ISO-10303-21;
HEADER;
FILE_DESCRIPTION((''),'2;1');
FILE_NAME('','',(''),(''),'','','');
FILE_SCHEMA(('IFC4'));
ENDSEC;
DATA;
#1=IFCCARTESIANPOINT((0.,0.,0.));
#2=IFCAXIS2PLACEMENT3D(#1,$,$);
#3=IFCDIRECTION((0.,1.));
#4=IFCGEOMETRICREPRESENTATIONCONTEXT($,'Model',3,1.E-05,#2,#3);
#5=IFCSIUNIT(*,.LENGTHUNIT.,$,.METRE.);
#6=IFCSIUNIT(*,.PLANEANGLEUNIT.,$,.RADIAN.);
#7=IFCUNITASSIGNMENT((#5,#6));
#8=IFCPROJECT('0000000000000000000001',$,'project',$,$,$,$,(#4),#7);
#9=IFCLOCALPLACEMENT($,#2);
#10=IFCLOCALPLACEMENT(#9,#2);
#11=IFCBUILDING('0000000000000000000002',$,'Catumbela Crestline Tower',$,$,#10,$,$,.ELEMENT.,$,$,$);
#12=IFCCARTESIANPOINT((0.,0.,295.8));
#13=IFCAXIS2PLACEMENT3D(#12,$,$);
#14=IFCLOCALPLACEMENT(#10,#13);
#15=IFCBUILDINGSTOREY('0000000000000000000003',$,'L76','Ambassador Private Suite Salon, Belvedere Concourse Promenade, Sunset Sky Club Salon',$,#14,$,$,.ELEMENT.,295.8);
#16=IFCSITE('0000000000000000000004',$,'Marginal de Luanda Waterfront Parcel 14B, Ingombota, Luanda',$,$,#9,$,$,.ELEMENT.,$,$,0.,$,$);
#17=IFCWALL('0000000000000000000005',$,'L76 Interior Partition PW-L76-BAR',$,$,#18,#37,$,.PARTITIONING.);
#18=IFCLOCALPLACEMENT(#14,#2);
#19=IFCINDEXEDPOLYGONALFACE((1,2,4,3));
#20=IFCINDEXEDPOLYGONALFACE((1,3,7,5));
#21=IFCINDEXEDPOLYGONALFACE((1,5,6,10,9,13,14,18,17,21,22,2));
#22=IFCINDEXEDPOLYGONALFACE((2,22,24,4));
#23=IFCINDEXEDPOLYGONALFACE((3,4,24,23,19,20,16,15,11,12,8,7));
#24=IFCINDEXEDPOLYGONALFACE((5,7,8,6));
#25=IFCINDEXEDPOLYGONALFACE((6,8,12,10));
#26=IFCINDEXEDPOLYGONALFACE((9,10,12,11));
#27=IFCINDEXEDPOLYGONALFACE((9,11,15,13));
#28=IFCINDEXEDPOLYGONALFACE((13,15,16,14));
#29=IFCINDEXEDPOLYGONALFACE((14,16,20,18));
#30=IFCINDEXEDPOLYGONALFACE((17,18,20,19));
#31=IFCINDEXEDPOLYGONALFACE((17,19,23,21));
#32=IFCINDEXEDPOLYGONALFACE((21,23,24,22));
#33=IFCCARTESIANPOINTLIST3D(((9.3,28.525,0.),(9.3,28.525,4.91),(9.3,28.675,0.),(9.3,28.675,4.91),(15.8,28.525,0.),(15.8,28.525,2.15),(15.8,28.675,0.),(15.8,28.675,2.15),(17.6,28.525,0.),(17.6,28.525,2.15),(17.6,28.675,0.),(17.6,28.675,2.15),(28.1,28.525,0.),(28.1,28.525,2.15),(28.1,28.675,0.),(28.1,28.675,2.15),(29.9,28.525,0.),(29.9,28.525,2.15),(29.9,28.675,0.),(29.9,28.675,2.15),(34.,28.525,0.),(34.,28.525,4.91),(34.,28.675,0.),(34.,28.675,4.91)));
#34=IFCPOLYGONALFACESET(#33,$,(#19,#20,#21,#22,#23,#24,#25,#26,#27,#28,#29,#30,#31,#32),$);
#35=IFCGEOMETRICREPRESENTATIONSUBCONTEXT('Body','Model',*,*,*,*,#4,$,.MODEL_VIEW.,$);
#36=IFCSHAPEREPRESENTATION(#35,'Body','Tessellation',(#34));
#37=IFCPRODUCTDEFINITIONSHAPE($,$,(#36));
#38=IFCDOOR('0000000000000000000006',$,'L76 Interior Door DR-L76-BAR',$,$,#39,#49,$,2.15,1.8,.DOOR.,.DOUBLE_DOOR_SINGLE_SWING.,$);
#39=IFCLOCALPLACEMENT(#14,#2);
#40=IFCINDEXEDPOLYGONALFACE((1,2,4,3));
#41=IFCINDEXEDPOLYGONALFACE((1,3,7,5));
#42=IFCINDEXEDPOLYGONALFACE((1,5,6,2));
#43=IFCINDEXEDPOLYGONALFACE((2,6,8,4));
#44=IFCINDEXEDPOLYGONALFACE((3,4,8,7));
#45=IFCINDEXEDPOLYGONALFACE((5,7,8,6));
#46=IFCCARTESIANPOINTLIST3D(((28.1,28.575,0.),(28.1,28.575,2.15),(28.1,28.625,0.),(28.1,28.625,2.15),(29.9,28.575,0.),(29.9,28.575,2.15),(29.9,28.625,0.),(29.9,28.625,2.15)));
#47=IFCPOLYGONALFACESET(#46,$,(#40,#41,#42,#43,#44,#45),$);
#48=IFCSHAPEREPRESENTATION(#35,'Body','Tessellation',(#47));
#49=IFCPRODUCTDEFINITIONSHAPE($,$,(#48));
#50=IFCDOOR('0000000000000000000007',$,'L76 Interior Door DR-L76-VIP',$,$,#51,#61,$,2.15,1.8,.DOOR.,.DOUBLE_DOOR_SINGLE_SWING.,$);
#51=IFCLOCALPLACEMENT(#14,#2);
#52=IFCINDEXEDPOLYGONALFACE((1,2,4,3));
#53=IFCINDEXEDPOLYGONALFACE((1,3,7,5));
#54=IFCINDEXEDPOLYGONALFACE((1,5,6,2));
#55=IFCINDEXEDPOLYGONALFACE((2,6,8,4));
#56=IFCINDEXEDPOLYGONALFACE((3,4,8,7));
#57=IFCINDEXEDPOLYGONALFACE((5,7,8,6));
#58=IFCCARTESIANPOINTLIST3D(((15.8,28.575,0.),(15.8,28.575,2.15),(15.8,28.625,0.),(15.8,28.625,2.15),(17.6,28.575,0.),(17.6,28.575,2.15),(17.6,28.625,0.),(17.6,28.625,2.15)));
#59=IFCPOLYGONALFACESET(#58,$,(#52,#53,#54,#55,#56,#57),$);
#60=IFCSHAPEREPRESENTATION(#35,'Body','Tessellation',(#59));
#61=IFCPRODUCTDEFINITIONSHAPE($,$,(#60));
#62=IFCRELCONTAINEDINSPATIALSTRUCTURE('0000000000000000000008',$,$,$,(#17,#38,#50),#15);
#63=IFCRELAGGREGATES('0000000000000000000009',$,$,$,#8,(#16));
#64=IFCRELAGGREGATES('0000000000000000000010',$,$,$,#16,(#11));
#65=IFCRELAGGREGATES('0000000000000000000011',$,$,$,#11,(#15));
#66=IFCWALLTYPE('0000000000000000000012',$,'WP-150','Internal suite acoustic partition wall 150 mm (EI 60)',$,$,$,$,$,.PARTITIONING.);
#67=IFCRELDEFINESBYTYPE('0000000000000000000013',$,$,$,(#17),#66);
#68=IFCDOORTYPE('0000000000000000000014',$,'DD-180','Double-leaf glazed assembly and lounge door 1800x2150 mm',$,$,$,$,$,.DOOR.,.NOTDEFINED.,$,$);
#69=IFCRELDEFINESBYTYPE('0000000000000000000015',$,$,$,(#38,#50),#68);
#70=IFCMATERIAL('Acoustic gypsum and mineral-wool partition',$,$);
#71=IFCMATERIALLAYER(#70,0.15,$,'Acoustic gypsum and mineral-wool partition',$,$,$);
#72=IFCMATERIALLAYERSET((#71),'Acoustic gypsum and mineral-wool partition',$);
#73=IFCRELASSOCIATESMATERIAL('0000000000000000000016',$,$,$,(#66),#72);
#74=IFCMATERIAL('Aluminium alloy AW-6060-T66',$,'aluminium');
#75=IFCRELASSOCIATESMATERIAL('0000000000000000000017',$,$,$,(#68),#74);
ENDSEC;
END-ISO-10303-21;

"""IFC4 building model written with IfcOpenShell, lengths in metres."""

from ifc_helpers import new_model, si_unit, direction, frame, frame_2d, origin, place, context, subcontext, project, spatial, rectangle, extrude, material, layer, layer_set, type_object, element, fill, save


model = new_model("IFC4")

# Units and contexts
model_context = context("Model", 3, precision=1e-05, world=origin(), true_north=direction((0.0, 1.0)))
body_context = subcontext(model_context, "Body", "Model", "MODEL_VIEW")
ifc_project = project(units=[si_unit("LENGTHUNIT", "METRE"), si_unit("PLANEANGLEUNIT", "RADIAN")], contexts=[model_context])

# Site, building, storey
site_placement = place(None, origin())
site = spatial("IfcSite", under=ifc_project, at=site_placement, Name="Marginal de Luanda Waterfront Parcel 14B, Ingombota, Luanda", CompositionType="ELEMENT", RefElevation=0.0)
building_placement = place(site_placement, origin())
building = spatial("IfcBuilding", under=site, at=building_placement, Name="Catumbela Crestline Tower", CompositionType="ELEMENT")
storey_placement = place(building_placement, frame((0.0, 0.0, 295.8)))
storey = spatial("IfcBuildingStorey", under=building, at=storey_placement, Name="L76", Description="Ambassador Private Suite Salon, Belvedere Concourse Promenade, Sunset Sky Club Salon", CompositionType="ELEMENT", Elevation=295.8)

# Shared definitions
ifc_material_1 = material(Name="Aluminium alloy AW-6060-T66", Category="aluminium")

# Wall, openings, doors
ifc_material_2 = material(Name="Acoustic gypsum and mineral-wool partition")
ifc_layer_1 = layer(ifc_material_2, 0.15, Name="Acoustic gypsum and mineral-wool partition")
ifc_layer_set_1 = layer_set([ifc_layer_1], Name="Acoustic gypsum and mineral-wool partition")
wall_type_1 = type_object("IfcWallType", Name="WP-150", Description="Internal suite acoustic partition wall 150 mm (EI 60)", PredefinedType="PARTITIONING", material=ifc_layer_set_1)
wall_1_placement = place(storey_placement, frame((9.3, 28.6, 0.0), z_axis=(0.0, 0.0, 1.0), x_axis=(1.0, 0.0, 0.0)))
wall_1 = element("IfcWall", 1, at=wall_1_placement, inside=storey, type_object=wall_type_1, Name="L76 Interior Partition PW-L76-BAR", PredefinedType="PARTITIONING", context=body_context, shape_type="SweptSolid", body=[
    extrude(rectangle(XDim=24.7, YDim=0.15, at=frame_2d((12.35, 0.0))), origin(), (0.0, 0.0, 1.0), 4.91),
])
opening_1_placement = place(wall_1_placement, frame((18.8, 0.0, 0.0)))
opening_1 = element("IfcOpeningElement", 2, at=opening_1_placement, cuts=wall_1, PredefinedType="OPENING", context=body_context, shape_type="SweptSolid", body=[
    extrude(rectangle(XDim=1.8, YDim=2.15, at=frame_2d((0.9, 1.075))), frame((0.0, 0.085, 0.0), z_axis=(0.0, -1.0, 0.0), x_axis=(1.0, 0.0, 0.0)), (0.0, 0.0, 1.0), 0.17),
])
opening_2_placement = place(wall_1_placement, frame((6.5, 0.0, 0.0)))
opening_2 = element("IfcOpeningElement", 3, at=opening_2_placement, cuts=wall_1, PredefinedType="OPENING", context=body_context, shape_type="SweptSolid", body=[
    extrude(rectangle(XDim=1.8, YDim=2.15, at=frame_2d((0.9, 1.075))), frame((0.0, 0.085, 0.0), z_axis=(0.0, -1.0, 0.0), x_axis=(1.0, 0.0, 0.0)), (0.0, 0.0, 1.0), 0.17),
])
door_type = type_object("IfcDoorType", Name="DD-180", Description="Double-leaf glazed assembly and lounge door 1800x2150 mm", OperationType="NOTDEFINED", PredefinedType="DOOR", material=ifc_material_1)
door_1_placement = place(opening_1_placement, origin())
door_1 = element("IfcDoor", 4, at=door_1_placement, inside=storey, type_object=door_type, Name="L76 Interior Door DR-L76-BAR", OperationType="DOUBLE_DOOR_SINGLE_SWING", OverallHeight=2.15, OverallWidth=1.8, PredefinedType="DOOR", context=body_context, shape_type="SweptSolid", body=[
    extrude(rectangle(XDim=1.8, YDim=2.15, at=frame_2d((0.9, 1.075))), frame((0.0, 0.025, 0.0), z_axis=(0.0, -1.0, 0.0), x_axis=(1.0, 0.0, 0.0)), (0.0, 0.0, 1.0), 0.05),
])
fill(opening_1, door_1)
door_2_placement = place(opening_2_placement, origin())
door_2 = element("IfcDoor", 5, at=door_2_placement, inside=storey, type_object=door_type, Name="L76 Interior Door DR-L76-VIP", OperationType="DOUBLE_DOOR_SINGLE_SWING", OverallHeight=2.15, OverallWidth=1.8, PredefinedType="DOOR", context=body_context, shape_type="SweptSolid", body=[
    extrude(rectangle(XDim=1.8, YDim=2.15, at=frame_2d((0.9, 1.075))), frame((0.0, 0.025, 0.0), z_axis=(0.0, -1.0, 0.0), x_axis=(1.0, 0.0, 0.0)), (0.0, 0.0, 1.0), 0.05),
])
fill(opening_2, door_2)

save(model, "model.ifc")
